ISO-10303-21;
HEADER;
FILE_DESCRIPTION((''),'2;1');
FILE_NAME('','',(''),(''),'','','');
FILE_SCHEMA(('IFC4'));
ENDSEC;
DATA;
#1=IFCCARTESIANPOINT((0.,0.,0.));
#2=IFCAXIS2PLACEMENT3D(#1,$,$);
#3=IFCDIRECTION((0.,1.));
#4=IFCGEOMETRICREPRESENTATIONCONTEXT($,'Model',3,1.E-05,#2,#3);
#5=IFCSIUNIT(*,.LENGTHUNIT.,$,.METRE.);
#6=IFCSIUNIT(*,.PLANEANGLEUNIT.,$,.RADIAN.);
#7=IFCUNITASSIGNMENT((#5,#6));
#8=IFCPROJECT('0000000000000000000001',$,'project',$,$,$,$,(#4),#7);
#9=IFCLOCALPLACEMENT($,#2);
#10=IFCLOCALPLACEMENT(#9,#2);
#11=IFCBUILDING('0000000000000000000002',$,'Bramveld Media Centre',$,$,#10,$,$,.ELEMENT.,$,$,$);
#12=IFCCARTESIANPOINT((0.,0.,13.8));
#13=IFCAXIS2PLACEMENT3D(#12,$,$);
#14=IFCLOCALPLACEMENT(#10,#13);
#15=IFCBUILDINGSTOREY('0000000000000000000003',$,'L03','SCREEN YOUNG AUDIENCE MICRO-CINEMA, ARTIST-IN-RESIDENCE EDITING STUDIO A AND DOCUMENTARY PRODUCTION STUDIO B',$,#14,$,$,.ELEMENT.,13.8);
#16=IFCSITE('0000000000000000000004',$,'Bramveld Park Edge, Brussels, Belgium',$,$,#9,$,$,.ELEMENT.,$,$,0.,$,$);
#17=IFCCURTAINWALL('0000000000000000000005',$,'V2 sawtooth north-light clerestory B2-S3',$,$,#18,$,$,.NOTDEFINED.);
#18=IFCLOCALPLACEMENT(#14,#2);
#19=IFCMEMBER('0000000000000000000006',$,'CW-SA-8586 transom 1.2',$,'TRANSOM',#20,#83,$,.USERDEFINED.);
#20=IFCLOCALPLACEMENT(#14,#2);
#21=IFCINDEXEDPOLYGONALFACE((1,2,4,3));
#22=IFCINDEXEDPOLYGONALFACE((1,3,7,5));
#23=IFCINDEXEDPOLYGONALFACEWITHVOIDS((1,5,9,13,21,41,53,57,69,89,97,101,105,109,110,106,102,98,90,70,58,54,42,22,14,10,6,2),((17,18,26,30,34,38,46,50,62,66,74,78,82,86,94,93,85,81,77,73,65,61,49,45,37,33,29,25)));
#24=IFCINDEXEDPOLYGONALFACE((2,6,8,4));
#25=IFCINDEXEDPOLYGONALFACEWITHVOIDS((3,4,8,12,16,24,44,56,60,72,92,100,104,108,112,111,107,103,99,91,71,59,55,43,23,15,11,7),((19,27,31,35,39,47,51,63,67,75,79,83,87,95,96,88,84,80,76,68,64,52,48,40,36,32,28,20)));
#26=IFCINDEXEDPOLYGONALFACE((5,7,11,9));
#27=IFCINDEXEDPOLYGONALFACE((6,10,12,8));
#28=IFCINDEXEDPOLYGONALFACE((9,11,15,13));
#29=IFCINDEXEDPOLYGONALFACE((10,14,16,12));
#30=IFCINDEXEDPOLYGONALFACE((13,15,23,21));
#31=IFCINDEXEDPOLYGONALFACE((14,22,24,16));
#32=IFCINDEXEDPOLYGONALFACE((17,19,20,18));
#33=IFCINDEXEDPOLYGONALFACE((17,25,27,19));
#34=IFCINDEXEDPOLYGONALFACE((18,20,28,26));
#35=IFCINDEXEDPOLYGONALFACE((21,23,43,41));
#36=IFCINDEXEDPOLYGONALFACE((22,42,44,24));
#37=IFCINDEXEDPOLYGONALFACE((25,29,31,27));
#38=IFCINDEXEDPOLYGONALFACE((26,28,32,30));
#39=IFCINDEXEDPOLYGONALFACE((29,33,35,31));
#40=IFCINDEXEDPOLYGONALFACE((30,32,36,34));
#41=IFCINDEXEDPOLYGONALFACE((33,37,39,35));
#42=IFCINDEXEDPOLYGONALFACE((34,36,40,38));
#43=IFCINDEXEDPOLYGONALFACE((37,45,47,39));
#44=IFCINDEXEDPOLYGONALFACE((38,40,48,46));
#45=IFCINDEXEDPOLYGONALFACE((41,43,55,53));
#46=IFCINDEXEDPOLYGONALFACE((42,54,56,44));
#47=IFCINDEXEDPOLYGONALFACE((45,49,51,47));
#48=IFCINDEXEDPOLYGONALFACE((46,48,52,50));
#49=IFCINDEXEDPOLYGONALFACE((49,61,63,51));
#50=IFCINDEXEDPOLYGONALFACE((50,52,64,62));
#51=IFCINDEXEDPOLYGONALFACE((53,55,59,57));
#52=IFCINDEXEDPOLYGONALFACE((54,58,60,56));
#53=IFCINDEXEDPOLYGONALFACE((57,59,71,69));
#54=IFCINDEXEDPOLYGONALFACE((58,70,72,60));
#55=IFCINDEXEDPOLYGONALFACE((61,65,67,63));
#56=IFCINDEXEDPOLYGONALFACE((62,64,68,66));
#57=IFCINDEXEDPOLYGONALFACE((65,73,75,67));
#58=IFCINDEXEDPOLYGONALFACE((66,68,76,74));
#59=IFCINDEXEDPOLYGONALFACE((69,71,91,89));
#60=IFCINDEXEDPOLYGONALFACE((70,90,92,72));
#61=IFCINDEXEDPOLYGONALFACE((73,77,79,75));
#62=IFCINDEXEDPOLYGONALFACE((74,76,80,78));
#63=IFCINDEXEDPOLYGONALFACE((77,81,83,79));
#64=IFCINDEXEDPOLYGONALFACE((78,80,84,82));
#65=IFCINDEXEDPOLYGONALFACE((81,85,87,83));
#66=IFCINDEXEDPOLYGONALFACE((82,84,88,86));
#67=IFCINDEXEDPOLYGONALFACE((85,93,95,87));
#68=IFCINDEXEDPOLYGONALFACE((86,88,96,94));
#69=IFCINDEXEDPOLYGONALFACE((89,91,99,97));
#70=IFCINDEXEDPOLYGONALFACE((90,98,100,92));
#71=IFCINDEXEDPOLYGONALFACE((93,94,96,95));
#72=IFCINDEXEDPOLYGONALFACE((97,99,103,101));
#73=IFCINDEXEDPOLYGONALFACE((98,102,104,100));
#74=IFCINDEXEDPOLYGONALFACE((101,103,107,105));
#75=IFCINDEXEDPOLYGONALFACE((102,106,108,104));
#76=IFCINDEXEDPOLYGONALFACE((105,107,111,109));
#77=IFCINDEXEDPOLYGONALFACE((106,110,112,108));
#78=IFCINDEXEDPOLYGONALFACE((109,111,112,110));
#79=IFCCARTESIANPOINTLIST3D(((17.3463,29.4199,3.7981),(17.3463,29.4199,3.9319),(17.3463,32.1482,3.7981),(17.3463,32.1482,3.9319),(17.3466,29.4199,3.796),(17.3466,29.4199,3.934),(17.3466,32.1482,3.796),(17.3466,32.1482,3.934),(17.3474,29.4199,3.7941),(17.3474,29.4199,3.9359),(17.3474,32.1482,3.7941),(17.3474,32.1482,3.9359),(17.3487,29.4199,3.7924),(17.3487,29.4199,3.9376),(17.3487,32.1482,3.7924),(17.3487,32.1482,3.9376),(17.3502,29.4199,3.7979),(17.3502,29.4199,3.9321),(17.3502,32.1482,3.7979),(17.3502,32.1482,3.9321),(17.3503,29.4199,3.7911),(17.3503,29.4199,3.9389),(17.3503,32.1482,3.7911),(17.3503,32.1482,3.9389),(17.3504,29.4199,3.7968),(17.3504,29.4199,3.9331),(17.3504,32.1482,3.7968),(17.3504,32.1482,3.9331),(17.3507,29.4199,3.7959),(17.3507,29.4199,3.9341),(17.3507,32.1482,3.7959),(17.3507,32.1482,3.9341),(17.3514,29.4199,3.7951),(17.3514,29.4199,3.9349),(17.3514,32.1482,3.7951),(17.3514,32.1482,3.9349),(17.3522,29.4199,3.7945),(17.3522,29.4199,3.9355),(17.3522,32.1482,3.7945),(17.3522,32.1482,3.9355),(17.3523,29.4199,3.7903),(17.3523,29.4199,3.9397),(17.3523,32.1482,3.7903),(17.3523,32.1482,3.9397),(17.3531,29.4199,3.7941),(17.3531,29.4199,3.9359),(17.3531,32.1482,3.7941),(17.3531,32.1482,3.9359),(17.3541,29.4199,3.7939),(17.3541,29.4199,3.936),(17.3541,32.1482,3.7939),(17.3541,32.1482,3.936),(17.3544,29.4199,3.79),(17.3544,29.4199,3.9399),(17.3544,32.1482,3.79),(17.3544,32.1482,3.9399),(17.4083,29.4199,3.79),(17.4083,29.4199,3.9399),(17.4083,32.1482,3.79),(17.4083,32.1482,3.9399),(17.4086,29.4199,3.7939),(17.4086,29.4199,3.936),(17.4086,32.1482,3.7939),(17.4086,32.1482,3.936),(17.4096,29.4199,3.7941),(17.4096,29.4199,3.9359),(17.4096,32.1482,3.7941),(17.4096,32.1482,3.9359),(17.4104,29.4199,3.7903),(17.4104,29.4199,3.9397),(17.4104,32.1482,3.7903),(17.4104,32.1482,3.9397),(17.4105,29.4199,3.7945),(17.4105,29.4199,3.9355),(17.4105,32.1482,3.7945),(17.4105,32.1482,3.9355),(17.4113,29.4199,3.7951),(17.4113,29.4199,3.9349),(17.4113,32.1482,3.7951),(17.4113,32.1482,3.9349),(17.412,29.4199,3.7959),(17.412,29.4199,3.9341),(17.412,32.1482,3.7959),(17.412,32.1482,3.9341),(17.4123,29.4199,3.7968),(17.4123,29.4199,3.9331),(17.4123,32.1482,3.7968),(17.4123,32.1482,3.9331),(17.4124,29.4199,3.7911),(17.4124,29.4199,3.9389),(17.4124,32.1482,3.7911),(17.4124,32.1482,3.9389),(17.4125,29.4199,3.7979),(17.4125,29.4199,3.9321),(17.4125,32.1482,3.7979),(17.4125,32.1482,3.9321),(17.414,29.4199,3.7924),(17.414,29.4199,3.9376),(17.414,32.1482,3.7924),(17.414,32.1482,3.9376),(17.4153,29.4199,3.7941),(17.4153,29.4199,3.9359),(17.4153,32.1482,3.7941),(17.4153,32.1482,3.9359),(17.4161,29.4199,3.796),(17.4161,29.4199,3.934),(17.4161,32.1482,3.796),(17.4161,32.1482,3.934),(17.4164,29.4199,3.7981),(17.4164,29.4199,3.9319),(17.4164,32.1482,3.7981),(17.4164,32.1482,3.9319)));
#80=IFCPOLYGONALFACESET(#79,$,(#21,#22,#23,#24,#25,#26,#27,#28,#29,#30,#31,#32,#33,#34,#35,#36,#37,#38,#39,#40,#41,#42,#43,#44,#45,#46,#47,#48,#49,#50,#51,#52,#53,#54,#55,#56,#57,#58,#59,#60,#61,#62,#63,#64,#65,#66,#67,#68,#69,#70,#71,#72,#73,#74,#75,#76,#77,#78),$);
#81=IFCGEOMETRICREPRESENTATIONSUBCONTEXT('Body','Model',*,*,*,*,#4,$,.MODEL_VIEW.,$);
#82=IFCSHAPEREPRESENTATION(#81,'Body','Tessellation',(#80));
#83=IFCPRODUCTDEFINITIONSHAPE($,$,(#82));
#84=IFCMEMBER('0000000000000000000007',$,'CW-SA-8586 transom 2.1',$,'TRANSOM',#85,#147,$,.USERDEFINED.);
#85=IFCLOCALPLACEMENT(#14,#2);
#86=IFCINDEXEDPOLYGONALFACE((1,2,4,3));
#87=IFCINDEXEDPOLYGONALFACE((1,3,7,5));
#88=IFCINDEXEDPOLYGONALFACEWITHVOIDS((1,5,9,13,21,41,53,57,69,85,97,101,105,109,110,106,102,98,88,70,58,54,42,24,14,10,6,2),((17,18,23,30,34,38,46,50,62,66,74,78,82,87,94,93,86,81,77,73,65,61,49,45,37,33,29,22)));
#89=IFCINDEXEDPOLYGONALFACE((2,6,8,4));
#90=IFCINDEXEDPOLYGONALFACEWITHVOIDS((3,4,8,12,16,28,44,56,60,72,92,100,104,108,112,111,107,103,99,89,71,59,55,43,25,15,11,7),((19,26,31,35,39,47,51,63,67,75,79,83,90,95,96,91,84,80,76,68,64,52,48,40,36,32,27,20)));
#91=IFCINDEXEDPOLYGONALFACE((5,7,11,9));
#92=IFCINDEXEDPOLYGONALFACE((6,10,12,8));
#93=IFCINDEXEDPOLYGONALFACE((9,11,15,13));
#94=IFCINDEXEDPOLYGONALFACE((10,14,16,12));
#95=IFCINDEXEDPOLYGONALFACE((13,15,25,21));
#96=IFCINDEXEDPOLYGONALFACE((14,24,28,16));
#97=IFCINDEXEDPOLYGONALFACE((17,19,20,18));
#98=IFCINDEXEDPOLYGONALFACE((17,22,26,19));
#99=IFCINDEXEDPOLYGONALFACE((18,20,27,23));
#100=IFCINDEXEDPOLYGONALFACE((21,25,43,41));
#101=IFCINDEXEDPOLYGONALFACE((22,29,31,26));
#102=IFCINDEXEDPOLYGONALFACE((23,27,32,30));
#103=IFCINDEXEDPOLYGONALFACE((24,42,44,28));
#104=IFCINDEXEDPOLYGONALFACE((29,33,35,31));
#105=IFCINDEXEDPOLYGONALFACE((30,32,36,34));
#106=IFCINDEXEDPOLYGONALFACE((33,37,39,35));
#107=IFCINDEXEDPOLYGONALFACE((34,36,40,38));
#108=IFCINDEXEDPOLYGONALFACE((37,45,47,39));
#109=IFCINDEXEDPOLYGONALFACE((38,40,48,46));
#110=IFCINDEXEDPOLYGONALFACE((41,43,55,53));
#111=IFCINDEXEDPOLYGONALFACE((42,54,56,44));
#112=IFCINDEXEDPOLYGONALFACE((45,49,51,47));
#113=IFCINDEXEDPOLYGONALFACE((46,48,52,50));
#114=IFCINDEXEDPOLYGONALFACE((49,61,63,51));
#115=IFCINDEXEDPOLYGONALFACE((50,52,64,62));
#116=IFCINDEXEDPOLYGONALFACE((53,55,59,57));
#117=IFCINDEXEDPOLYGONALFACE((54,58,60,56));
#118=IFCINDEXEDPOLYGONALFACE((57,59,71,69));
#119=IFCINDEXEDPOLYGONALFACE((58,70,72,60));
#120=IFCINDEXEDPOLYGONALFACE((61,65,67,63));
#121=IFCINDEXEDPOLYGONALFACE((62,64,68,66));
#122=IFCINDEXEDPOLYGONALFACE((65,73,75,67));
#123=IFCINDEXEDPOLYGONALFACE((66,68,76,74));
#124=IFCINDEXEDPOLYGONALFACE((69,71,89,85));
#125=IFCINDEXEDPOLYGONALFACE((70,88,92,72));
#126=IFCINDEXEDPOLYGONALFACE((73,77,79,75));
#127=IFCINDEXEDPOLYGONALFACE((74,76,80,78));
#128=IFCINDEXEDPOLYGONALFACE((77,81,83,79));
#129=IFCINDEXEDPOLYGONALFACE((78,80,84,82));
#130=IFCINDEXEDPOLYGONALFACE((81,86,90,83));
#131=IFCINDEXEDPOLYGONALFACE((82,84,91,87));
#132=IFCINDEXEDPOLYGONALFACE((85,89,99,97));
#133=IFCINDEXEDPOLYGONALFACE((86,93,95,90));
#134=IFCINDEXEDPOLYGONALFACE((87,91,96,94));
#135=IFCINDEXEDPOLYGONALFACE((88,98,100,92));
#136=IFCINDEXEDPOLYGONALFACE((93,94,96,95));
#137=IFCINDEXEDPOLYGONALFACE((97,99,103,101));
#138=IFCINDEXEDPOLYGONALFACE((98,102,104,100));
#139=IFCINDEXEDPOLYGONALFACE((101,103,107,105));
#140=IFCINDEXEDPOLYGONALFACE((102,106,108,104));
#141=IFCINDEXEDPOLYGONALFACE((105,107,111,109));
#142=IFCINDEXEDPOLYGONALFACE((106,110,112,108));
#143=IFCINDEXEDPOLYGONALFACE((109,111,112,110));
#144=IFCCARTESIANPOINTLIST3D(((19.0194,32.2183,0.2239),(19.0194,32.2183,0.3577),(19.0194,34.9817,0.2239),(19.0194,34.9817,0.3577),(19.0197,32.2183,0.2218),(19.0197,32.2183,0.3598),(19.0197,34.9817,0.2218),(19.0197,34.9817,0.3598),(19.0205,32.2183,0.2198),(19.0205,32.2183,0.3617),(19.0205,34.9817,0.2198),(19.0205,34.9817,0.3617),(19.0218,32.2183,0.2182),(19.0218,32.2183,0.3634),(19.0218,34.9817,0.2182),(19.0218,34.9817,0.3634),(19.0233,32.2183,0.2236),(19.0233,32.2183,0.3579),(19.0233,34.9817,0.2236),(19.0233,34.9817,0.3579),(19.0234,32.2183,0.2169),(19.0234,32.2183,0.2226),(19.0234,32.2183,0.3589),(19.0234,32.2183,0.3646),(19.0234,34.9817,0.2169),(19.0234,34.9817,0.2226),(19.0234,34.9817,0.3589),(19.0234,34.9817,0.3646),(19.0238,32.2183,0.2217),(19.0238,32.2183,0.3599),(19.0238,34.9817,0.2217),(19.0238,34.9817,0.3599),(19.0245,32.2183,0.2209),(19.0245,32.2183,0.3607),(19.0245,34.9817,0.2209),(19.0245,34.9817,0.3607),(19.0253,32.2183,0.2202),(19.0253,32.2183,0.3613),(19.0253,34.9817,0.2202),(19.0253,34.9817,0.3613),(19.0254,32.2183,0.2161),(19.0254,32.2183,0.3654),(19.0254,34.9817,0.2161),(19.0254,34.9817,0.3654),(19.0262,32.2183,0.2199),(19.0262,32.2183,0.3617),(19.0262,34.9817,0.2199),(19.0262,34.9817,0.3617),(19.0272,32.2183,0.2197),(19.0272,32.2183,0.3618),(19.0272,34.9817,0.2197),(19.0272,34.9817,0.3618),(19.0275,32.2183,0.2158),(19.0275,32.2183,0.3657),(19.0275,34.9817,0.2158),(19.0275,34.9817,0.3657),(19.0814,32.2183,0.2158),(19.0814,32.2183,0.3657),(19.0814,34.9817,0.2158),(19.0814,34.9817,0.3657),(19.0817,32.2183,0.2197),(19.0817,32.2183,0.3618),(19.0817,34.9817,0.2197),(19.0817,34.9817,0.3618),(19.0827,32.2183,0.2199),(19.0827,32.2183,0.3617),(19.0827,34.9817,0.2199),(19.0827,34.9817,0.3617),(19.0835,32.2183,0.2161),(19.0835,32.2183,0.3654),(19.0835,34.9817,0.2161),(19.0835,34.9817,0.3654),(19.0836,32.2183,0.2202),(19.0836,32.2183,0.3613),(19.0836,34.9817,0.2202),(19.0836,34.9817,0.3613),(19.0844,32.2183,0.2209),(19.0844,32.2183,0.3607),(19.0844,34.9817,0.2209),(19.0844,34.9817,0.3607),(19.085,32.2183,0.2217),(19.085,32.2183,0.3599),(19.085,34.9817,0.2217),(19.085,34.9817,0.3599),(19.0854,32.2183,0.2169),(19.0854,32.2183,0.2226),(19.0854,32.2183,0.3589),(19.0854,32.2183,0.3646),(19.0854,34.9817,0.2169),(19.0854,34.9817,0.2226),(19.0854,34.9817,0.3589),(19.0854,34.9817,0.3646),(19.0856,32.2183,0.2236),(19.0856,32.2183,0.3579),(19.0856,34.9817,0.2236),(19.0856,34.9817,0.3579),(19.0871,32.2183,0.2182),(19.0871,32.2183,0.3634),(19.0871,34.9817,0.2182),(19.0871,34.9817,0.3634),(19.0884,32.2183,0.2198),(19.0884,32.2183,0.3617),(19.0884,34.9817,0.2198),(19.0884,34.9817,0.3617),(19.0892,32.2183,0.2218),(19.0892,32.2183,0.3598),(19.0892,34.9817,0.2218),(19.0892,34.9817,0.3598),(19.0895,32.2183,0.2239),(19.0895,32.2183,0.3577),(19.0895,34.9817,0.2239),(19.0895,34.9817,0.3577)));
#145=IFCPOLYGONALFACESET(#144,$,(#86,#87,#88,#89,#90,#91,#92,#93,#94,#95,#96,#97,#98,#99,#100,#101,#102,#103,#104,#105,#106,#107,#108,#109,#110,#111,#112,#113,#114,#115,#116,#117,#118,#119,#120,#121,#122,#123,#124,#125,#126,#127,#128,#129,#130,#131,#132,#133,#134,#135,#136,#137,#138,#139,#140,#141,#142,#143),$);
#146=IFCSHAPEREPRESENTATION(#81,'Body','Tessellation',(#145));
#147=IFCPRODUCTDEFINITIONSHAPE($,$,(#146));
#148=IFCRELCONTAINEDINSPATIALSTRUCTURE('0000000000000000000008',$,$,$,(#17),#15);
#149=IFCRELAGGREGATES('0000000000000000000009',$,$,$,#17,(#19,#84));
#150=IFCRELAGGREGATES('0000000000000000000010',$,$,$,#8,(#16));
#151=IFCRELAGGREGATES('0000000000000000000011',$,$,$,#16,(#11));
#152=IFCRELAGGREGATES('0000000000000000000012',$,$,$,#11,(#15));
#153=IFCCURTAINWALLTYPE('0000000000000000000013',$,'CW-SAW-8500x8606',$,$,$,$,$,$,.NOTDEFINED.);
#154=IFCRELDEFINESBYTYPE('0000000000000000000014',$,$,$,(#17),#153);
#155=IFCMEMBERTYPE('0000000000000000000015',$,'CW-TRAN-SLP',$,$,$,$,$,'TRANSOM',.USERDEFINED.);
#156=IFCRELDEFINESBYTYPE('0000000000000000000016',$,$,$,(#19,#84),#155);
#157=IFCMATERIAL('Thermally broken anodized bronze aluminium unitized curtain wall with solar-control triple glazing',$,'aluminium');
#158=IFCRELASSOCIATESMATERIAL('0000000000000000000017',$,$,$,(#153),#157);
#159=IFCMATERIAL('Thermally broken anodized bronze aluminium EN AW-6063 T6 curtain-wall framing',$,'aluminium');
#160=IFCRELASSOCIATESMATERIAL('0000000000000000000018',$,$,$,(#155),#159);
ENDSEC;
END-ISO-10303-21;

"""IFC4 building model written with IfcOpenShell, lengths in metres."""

from ifc_helpers import new_model, si_unit, direction, frame, origin, origin_2d, place, context, subcontext, project, spatial, hollow_rectangle, extrude, material, material_profile, profile_set, type_object, element, aggregate, save


model = new_model("IFC4")

# Units and contexts
model_context = context("Model", 3, precision=1e-05, world=origin(), true_north=direction((0.0, 1.0)))
body_context = subcontext(model_context, "Body", "Model", "MODEL_VIEW")
ifc_project = project(units=[si_unit("LENGTHUNIT", "METRE"), si_unit("PLANEANGLEUNIT", "RADIAN")], contexts=[model_context])

# Site, building, storey
site_placement = place(None, origin())
site = spatial("IfcSite", under=ifc_project, at=site_placement, Name="Bramveld Park Edge, Brussels, Belgium", CompositionType="ELEMENT", RefElevation=0.0)
building_placement = place(site_placement, origin())
building = spatial("IfcBuilding", under=site, at=building_placement, Name="Bramveld Media Centre", CompositionType="ELEMENT")
storey_placement = place(building_placement, frame((0.0, 0.0, 13.8)))
storey = spatial("IfcBuildingStorey", under=building, at=storey_placement, Name="L03", Description="SCREEN YOUNG AUDIENCE MICRO-CINEMA, ARTIST-IN-RESIDENCE EDITING STUDIO A AND DOCUMENTARY PRODUCTION STUDIO B", CompositionType="ELEMENT", Elevation=13.8)

# Curtain wall, members
ifc_material_1 = material(Name="Thermally broken anodized bronze aluminium unitized curtain wall with solar-control triple glazing", Category="aluminium")
curtain_wall_type = type_object("IfcCurtainWallType", Name="CW-SAW-8500x8606", PredefinedType="NOTDEFINED", material=ifc_material_1)
curtain_wall_placement = place(storey_placement, origin())
curtain_wall = element("IfcCurtainWall", 1, at=curtain_wall_placement, inside=storey, type_object=curtain_wall_type, Name="V2 sawtooth north-light clerestory B2-S3", PredefinedType="NOTDEFINED")
ifc_material_2 = material(Name="Thermally broken anodized bronze aluminium EN AW-6063 T6 curtain-wall framing", Category="aluminium")
ifc_material_profile_1 = material_profile(ifc_material_2, hollow_rectangle(XDim=0.0701, YDim=0.1499, WallThickness=0.0039, InnerFilletRadius=0.0039, OuterFilletRadius=0.0081, at=origin_2d()), Name="AL-TRAN 70x150")
ifc_profile_set_1 = profile_set([ifc_material_profile_1], Name="Thermally broken anodized bronze aluminium EN AW-6063 T6 curtain-wall framing")
member_type_1 = type_object("IfcMemberType", Name="CW-TRAN-SLP", ElementType="TRANSOM", PredefinedType="USERDEFINED", material=ifc_profile_set_1)
member_1_placement = place(storey_placement, frame((17.3813, 29.4199, 3.865), z_axis=(0.0, 1.0, 0.0), x_axis=(-1.0, 0.0, 0.0)))
member_1 = element("IfcMember", 2, at=member_1_placement, type_object=member_type_1, Name="CW-SA-8586 transom 1.2", ObjectType="TRANSOM", PredefinedType="USERDEFINED", context=body_context, shape_type="SweptSolid", body=[
    extrude(hollow_rectangle(XDim=0.0701, YDim=0.1499, WallThickness=0.0039, InnerFilletRadius=0.0039, OuterFilletRadius=0.0081, at=origin_2d()), origin(), (0.0, 0.0, 1.0), 2.7283),
])
member_2_placement = place(storey_placement, frame((19.0544, 32.2183, 0.2908), z_axis=(0.0, 1.0, 0.0), x_axis=(-1.0, 0.0, 0.0)))
member_2 = element("IfcMember", 3, at=member_2_placement, type_object=member_type_1, Name="CW-SA-8586 transom 2.1", ObjectType="TRANSOM", PredefinedType="USERDEFINED", context=body_context, shape_type="SweptSolid", body=[
    extrude(hollow_rectangle(XDim=0.0701, YDim=0.1499, WallThickness=0.0039, InnerFilletRadius=0.0039, OuterFilletRadius=0.0081, at=origin_2d()), origin(), (0.0, 0.0, 1.0), 2.7634),
])

aggregate(curtain_wall, [member_1, member_2])

save(model, "model.ifc")
